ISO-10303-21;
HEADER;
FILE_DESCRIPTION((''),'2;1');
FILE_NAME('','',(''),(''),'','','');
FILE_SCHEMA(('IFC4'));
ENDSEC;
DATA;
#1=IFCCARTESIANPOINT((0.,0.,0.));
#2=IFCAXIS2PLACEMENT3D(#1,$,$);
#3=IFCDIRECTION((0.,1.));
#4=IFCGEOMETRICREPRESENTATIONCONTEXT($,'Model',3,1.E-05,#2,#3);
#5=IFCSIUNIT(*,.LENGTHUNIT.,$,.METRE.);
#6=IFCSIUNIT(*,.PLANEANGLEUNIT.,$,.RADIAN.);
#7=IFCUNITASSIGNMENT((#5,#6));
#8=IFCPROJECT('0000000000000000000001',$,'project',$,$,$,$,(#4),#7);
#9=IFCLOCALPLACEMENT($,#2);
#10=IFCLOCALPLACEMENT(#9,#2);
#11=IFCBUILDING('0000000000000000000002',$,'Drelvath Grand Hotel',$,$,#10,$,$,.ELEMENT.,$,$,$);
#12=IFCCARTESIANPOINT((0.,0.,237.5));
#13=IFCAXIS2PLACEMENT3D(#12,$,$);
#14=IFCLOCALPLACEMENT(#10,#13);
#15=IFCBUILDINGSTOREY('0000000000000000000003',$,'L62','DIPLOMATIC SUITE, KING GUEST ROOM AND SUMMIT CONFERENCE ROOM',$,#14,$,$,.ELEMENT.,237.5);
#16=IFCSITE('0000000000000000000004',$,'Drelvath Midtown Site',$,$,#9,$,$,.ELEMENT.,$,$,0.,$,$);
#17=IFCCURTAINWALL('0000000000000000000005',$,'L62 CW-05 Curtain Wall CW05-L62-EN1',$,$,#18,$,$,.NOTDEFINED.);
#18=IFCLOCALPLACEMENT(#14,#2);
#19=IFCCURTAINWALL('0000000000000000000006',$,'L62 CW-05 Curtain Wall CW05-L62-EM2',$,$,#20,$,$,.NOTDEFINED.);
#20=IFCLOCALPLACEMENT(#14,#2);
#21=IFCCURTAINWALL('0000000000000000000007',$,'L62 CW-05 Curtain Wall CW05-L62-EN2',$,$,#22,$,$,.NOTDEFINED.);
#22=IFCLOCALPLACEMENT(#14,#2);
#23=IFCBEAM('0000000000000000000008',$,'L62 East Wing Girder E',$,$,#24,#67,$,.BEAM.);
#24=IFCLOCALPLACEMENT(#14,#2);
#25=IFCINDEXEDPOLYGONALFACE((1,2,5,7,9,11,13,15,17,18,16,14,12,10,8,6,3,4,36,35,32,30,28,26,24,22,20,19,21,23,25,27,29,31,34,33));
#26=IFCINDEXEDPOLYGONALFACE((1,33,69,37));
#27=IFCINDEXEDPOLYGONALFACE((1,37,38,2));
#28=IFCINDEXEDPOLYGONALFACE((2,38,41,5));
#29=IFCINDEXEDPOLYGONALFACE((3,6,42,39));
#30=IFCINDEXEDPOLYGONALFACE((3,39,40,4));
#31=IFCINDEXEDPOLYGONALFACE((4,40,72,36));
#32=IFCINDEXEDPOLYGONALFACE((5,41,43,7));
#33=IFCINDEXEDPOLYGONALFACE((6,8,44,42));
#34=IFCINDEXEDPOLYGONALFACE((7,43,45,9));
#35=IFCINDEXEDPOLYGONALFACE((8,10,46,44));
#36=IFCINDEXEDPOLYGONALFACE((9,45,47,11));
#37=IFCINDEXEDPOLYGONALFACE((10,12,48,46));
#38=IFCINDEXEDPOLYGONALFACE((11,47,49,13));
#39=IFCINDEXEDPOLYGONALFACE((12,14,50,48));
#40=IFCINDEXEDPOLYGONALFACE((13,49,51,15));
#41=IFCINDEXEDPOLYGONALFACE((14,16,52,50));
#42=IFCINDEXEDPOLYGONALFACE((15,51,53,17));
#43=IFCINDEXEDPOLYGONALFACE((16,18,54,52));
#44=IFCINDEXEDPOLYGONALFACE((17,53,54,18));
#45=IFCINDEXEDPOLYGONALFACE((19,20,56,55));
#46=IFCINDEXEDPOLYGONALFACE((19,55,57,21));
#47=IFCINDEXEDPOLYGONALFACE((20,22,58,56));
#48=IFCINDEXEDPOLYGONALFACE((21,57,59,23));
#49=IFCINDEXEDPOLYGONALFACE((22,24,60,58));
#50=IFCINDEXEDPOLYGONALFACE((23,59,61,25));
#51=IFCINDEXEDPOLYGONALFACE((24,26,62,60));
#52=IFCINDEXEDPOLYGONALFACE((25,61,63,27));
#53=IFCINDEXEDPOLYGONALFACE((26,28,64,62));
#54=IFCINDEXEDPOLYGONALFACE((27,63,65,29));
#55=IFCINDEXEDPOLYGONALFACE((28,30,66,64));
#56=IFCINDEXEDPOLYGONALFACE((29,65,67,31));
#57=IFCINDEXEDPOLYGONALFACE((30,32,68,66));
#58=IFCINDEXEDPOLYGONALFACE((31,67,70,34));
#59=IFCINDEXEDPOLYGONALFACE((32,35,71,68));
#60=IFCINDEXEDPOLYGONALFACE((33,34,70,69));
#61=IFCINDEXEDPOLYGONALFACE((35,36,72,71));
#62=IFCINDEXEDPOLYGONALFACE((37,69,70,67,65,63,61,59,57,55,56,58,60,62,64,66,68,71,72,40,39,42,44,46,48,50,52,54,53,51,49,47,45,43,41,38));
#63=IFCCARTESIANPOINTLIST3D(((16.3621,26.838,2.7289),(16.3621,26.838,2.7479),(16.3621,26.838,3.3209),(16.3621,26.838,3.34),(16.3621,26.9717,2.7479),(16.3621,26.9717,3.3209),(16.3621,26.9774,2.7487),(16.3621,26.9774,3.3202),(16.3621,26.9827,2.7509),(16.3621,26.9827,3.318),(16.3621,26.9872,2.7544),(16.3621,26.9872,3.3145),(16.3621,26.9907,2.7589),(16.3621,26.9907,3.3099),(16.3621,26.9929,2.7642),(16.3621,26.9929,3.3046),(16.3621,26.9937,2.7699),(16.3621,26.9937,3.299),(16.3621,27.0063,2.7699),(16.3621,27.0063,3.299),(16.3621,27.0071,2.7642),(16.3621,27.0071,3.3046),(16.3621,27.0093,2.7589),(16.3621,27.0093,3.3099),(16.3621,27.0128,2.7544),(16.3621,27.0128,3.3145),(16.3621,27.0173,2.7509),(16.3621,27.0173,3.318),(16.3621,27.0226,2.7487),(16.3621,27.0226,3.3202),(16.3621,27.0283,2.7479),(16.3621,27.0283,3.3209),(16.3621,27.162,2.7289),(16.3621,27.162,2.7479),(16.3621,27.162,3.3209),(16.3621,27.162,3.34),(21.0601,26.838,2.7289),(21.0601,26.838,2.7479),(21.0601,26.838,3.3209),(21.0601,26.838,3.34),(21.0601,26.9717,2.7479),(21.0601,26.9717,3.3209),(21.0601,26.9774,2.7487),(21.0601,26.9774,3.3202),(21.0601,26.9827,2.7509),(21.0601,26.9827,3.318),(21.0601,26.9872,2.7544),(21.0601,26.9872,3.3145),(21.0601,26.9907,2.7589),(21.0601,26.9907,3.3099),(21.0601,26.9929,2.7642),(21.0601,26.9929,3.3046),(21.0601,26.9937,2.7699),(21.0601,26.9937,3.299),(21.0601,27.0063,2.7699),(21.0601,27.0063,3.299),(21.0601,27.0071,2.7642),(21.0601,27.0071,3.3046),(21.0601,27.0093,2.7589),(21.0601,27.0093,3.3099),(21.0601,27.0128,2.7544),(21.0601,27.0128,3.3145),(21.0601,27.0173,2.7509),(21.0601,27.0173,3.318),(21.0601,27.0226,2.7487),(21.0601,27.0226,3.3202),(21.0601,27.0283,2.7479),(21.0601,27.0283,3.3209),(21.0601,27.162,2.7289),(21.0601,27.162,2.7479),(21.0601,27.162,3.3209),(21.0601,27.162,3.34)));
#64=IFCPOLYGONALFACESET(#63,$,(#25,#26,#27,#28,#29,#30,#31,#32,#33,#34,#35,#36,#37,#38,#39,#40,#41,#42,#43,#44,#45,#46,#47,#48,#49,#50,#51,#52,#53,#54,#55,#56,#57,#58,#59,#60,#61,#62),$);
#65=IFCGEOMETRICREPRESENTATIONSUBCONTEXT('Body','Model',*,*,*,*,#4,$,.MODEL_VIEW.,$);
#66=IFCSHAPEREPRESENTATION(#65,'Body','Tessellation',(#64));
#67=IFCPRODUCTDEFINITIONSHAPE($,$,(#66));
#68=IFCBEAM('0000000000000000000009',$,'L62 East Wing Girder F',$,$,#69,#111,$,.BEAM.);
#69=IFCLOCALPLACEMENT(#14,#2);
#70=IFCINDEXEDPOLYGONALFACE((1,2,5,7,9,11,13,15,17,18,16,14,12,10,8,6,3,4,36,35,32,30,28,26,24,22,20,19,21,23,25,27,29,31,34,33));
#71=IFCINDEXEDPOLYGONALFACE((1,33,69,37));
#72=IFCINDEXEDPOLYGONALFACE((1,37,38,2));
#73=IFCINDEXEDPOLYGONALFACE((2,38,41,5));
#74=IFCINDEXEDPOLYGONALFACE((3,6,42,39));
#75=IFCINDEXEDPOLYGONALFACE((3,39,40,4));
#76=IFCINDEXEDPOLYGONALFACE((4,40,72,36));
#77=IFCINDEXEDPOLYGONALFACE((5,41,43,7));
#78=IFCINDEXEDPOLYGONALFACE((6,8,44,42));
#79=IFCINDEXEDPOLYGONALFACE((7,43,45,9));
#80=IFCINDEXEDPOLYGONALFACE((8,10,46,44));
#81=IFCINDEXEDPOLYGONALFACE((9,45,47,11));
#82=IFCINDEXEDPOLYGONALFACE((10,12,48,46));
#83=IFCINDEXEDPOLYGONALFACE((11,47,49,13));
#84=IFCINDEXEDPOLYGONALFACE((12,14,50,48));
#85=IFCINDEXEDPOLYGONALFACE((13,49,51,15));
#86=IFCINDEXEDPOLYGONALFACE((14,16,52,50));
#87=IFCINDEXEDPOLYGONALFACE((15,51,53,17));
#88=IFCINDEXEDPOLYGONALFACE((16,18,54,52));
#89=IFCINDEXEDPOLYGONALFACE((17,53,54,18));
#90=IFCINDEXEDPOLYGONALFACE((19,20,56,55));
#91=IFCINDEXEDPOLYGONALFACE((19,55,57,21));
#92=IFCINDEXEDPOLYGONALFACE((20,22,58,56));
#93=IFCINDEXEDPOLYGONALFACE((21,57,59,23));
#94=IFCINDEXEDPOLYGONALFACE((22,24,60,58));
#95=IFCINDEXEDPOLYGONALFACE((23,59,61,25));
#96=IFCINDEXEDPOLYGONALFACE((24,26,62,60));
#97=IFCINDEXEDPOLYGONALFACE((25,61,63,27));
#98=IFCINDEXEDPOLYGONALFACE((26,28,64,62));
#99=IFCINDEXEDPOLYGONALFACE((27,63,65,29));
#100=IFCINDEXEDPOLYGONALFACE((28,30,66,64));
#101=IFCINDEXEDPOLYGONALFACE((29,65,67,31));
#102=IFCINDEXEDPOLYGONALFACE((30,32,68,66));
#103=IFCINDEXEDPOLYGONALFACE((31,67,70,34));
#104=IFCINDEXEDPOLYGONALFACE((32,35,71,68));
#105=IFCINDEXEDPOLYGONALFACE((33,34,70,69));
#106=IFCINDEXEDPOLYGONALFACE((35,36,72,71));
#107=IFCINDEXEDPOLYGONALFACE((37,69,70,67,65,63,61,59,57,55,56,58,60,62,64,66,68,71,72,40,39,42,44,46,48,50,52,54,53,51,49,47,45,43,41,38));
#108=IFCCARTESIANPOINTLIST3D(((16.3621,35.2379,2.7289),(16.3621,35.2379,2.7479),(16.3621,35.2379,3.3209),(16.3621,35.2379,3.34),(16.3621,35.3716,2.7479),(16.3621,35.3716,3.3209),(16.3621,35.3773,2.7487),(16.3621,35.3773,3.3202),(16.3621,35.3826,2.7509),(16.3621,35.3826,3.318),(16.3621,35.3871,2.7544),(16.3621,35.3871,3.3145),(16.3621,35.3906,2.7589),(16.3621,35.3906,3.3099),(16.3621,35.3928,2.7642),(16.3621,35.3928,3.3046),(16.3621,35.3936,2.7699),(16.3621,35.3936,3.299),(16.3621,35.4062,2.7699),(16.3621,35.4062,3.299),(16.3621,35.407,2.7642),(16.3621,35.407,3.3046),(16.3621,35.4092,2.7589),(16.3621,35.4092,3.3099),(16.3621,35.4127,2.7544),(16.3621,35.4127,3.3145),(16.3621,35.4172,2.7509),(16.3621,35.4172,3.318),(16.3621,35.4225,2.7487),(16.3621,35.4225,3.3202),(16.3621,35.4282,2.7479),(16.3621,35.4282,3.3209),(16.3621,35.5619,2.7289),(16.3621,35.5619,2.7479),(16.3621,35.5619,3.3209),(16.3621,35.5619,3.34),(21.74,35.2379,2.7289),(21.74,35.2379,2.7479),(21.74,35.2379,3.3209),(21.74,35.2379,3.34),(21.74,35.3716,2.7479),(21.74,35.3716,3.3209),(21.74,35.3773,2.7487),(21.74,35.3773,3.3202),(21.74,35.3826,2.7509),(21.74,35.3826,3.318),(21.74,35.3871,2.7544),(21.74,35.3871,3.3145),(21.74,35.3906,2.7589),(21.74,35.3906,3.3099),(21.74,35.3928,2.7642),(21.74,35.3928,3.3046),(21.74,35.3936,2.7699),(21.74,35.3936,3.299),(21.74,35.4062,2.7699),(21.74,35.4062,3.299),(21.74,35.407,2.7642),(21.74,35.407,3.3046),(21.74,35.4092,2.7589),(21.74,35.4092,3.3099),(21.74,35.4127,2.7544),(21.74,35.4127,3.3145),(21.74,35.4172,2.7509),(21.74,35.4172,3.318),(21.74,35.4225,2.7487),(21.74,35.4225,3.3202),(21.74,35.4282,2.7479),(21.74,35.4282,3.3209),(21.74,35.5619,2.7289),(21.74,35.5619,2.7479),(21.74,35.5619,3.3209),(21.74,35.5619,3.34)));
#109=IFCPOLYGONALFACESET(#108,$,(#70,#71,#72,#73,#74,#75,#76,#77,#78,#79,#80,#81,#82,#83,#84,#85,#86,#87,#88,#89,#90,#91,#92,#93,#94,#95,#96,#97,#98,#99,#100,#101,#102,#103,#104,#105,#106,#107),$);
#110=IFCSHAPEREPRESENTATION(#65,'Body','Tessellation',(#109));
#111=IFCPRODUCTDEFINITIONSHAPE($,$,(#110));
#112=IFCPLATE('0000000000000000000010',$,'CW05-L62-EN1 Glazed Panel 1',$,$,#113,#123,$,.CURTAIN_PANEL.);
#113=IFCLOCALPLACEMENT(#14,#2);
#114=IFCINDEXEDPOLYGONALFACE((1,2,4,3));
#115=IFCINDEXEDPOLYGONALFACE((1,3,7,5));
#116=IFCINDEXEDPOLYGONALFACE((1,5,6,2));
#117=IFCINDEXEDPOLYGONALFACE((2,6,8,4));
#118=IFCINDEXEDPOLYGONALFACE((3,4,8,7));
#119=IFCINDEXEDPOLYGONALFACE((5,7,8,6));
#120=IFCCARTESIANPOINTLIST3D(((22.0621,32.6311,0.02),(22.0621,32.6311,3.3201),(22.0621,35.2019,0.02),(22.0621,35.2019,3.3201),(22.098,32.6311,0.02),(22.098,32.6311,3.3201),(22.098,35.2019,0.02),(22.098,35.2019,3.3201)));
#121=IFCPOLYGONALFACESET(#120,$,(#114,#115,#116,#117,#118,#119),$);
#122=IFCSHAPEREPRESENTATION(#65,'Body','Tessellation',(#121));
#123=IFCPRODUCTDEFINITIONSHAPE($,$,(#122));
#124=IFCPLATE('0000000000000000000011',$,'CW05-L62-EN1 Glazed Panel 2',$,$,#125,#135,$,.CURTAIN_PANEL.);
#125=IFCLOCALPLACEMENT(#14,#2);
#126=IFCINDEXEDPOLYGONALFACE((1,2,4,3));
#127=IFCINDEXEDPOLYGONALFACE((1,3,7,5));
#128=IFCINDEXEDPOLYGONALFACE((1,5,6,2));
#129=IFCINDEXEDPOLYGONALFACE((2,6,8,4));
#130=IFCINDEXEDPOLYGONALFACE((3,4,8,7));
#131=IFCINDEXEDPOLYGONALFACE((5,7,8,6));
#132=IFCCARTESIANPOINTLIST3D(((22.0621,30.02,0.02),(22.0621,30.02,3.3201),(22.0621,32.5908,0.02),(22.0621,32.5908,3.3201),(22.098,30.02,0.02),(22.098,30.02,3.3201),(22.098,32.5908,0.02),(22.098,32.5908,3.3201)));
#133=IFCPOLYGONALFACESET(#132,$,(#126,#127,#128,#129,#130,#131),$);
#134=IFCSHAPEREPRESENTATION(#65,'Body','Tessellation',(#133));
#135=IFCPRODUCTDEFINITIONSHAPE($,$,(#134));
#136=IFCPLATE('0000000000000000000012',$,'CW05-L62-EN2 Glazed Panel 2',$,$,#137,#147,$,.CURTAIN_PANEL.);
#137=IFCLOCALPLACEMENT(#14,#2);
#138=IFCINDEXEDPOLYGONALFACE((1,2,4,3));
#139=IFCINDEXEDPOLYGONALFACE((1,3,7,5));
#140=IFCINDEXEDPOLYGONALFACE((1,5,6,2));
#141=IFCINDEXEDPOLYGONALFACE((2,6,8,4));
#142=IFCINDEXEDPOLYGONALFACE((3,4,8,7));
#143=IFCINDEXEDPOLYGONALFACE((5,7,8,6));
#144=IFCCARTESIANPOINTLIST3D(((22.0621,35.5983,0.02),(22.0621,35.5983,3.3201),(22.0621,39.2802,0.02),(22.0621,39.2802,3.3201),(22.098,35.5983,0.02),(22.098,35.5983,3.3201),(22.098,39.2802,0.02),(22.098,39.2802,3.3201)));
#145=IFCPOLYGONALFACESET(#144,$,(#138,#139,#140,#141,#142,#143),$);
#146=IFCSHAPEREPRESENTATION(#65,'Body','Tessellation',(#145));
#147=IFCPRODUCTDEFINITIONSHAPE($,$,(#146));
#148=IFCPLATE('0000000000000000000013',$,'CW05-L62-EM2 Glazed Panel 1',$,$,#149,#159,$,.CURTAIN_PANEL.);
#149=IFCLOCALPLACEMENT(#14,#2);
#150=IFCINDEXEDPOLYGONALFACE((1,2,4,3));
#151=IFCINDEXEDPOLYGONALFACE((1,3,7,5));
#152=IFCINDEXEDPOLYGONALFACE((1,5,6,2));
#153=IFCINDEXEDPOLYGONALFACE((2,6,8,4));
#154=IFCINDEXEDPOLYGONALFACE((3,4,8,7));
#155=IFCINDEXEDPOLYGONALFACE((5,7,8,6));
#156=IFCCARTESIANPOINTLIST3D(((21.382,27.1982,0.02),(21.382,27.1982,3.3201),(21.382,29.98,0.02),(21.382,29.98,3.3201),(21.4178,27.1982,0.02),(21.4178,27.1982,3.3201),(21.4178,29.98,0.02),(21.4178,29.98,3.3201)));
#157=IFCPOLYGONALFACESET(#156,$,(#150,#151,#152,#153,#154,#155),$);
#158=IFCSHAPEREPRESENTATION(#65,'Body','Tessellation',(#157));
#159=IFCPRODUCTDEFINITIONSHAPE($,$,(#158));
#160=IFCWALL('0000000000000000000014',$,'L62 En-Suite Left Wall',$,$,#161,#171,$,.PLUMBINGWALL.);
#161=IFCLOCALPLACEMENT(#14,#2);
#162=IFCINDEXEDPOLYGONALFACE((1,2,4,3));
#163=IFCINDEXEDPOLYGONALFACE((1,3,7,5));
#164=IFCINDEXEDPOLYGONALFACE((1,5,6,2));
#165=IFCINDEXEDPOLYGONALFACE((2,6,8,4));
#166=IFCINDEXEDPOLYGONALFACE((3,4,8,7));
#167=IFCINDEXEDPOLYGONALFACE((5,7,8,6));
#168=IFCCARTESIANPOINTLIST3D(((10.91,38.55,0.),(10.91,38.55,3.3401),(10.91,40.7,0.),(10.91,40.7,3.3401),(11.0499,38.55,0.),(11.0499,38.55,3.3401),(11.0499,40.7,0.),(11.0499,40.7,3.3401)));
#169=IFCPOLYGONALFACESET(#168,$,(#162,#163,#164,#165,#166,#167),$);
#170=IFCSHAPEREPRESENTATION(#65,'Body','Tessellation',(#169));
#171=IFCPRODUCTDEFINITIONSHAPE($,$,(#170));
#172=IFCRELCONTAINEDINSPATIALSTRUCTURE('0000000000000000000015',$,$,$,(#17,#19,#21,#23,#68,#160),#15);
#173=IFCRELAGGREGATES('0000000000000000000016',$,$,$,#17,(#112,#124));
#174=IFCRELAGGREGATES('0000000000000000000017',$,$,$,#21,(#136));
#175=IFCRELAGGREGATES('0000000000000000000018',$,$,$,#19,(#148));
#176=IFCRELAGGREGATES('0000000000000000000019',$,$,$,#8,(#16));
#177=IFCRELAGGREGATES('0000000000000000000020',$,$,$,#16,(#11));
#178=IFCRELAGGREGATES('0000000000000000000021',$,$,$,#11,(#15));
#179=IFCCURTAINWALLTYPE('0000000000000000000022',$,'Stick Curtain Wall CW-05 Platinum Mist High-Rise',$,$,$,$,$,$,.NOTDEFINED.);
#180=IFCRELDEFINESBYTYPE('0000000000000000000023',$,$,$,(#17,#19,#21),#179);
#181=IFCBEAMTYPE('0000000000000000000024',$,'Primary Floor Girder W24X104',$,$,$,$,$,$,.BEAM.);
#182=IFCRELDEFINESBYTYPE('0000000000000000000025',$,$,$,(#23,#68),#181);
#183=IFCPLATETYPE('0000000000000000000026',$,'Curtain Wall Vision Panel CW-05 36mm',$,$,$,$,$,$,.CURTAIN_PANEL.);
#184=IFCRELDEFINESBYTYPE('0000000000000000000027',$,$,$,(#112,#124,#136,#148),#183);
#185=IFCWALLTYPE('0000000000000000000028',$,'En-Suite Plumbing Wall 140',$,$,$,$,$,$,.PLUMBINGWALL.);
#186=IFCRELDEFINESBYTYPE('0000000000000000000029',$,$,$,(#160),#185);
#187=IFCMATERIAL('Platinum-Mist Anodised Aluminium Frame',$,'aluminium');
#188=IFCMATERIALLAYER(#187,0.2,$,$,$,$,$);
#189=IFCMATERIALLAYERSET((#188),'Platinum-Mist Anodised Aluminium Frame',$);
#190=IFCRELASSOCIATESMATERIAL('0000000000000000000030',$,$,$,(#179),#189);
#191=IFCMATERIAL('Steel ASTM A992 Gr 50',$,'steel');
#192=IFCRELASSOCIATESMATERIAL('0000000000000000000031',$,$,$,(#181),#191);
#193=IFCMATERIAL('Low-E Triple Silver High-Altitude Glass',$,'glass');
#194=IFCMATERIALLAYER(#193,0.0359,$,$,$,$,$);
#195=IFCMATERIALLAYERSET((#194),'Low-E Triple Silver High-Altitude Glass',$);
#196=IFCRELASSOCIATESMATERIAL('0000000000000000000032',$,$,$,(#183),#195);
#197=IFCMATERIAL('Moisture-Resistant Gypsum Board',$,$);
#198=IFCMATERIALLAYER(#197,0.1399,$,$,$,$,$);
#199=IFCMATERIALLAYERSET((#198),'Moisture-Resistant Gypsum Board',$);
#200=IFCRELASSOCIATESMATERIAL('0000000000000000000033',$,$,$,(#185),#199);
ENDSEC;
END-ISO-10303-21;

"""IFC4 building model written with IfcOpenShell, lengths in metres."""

from ifc_helpers import new_model, si_unit, direction, frame, frame_2d, origin, origin_2d, place, context, subcontext, project, spatial, rectangle, i_section, extrude, material, layer, layer_set, material_profile, profile_set, type_object, element, aggregate, save


model = new_model("IFC4")

# Units and contexts
model_context = context("Model", 3, precision=1e-05, world=origin(), true_north=direction((0.0, 1.0)))
body_context = subcontext(model_context, "Body", "Model", "MODEL_VIEW")
ifc_project = project(units=[si_unit("LENGTHUNIT", "METRE"), si_unit("PLANEANGLEUNIT", "RADIAN")], contexts=[model_context])

# Site, building, storey
site_placement = place(None, origin())
site = spatial("IfcSite", under=ifc_project, at=site_placement, Name="Drelvath Midtown Site", CompositionType="ELEMENT", RefElevation=0.0)
building_placement = place(site_placement, origin())
building = spatial("IfcBuilding", under=site, at=building_placement, Name="Drelvath Grand Hotel", CompositionType="ELEMENT")
storey_placement = place(building_placement, frame((0.0, 0.0, 237.5)))
storey = spatial("IfcBuildingStorey", under=building, at=storey_placement, Name="L62", Description="DIPLOMATIC SUITE, KING GUEST ROOM AND SUMMIT CONFERENCE ROOM", CompositionType="ELEMENT", Elevation=237.5)

# Curtain walls
ifc_material_1 = material(Name="Platinum-Mist Anodised Aluminium Frame", Category="aluminium")
ifc_layer_1 = layer(ifc_material_1, 0.2)
ifc_layer_set_1 = layer_set([ifc_layer_1], Name="Platinum-Mist Anodised Aluminium Frame")
curtain_wall_type = type_object("IfcCurtainWallType", Name="Stick Curtain Wall CW-05 Platinum Mist High-Rise", PredefinedType="NOTDEFINED", material=ifc_layer_set_1)
curtain_wall_1_placement = place(storey_placement, origin())
curtain_wall_1 = element("IfcCurtainWall", 1, at=curtain_wall_1_placement, inside=storey, type_object=curtain_wall_type, Name="L62 CW-05 Curtain Wall CW05-L62-EN1", PredefinedType="NOTDEFINED")
curtain_wall_2_placement = place(storey_placement, origin())
curtain_wall_2 = element("IfcCurtainWall", 2, at=curtain_wall_2_placement, inside=storey, type_object=curtain_wall_type, Name="L62 CW-05 Curtain Wall CW05-L62-EM2", PredefinedType="NOTDEFINED")

# Curtain wall
curtain_wall_3_placement = place(storey_placement, origin())
curtain_wall_3 = element("IfcCurtainWall", 3, at=curtain_wall_3_placement, inside=storey, type_object=curtain_wall_type, Name="L62 CW-05 Curtain Wall CW05-L62-EN2", PredefinedType="NOTDEFINED")

# Beams
ifc_material_2 = material(Name="Steel ASTM A992 Gr 50", Category="steel")
ifc_material_profile_1 = material_profile(ifc_material_2, i_section(OverallWidth=0.324, OverallDepth=0.6111, WebThickness=0.0127, FlangeThickness=0.019, FilletRadius=0.022, at=origin_2d()), Name="W24X104")
ifc_profile_set_1 = profile_set([ifc_material_profile_1], Name="Steel ASTM A992 Gr 50")
beam_type_1 = type_object("IfcBeamType", Name="Primary Floor Girder W24X104", PredefinedType="BEAM", material=ifc_profile_set_1)
beam_1_placement = place(storey_placement, frame((16.3621, 27.0, 3.0344), z_axis=(1.0, 0.0, 0.0), x_axis=(0.0, 1.0, 0.0)))
element("IfcBeam", 4, at=beam_1_placement, inside=storey, type_object=beam_type_1, Name="L62 East Wing Girder E", PredefinedType="BEAM", context=body_context, shape_type="SweptSolid", body=[
    extrude(i_section(OverallWidth=0.324, OverallDepth=0.6111, WebThickness=0.0127, FlangeThickness=0.019, FilletRadius=0.022, at=origin_2d()), origin(), (0.0, 0.0, 1.0), 4.698),
])
beam_2_placement = place(storey_placement, frame((16.3621, 35.3999, 3.0344), z_axis=(1.0, 0.0, 0.0), x_axis=(0.0, 1.0, 0.0)))
element("IfcBeam", 5, at=beam_2_placement, inside=storey, type_object=beam_type_1, Name="L62 East Wing Girder F", PredefinedType="BEAM", context=body_context, shape_type="SweptSolid", body=[
    extrude(i_section(OverallWidth=0.324, OverallDepth=0.6111, WebThickness=0.0127, FlangeThickness=0.019, FilletRadius=0.022, at=origin_2d()), origin(), (0.0, 0.0, 1.0), 5.3779),
])

# Plates
ifc_material_3 = material(Name="Low-E Triple Silver High-Altitude Glass", Category="glass")
ifc_layer_2 = layer(ifc_material_3, 0.0359)
ifc_layer_set_2 = layer_set([ifc_layer_2], Name="Low-E Triple Silver High-Altitude Glass")
plate_type = type_object("IfcPlateType", Name="Curtain Wall Vision Panel CW-05 36mm", PredefinedType="CURTAIN_PANEL", material=ifc_layer_set_2)
plate_1_placement = place(storey_placement, frame((22.0801, 33.9165, 0.02), z_axis=(0.0, 0.0, 1.0), x_axis=(0.0, -1.0, 0.0)))
plate_1 = element("IfcPlate", 6, at=plate_1_placement, type_object=plate_type, Name="CW05-L62-EN1 Glazed Panel 1", PredefinedType="CURTAIN_PANEL", context=body_context, shape_type="SweptSolid", body=[
    extrude(rectangle(XDim=2.5708, YDim=0.0359, at=origin_2d()), origin(), (0.0, 0.0, 1.0), 3.3),
])
plate_2_placement = place(storey_placement, frame((22.0801, 31.3054, 0.02), z_axis=(0.0, 0.0, 1.0), x_axis=(0.0, -1.0, 0.0)))
plate_2 = element("IfcPlate", 7, at=plate_2_placement, type_object=plate_type, Name="CW05-L62-EN1 Glazed Panel 2", PredefinedType="CURTAIN_PANEL", context=body_context, shape_type="SweptSolid", body=[
    extrude(rectangle(XDim=2.5708, YDim=0.0359, at=origin_2d()), origin(), (0.0, 0.0, 1.0), 3.3),
])
aggregate(curtain_wall_1, [plate_1, plate_2])
plate_3_placement = place(storey_placement, frame((22.0801, 37.4392, 0.02), z_axis=(0.0, 0.0, 1.0), x_axis=(0.0, -1.0, 0.0)))
plate_3 = element("IfcPlate", 8, at=plate_3_placement, type_object=plate_type, Name="CW05-L62-EN2 Glazed Panel 2", PredefinedType="CURTAIN_PANEL", context=body_context, shape_type="SweptSolid", body=[
    extrude(rectangle(XDim=3.6819, YDim=0.0359, at=origin_2d()), origin(), (0.0, 0.0, 1.0), 3.3),
])
aggregate(curtain_wall_3, [plate_3])
plate_4_placement = place(storey_placement, frame((21.3999, 28.5891, 0.02), z_axis=(0.0, 0.0, 1.0), x_axis=(0.0, -1.0, 0.0)))
plate_4 = element("IfcPlate", 9, at=plate_4_placement, type_object=plate_type, Name="CW05-L62-EM2 Glazed Panel 1", PredefinedType="CURTAIN_PANEL", context=body_context, shape_type="SweptSolid", body=[
    extrude(rectangle(XDim=2.7817, YDim=0.0359, at=origin_2d()), origin(), (0.0, 0.0, 1.0), 3.3),
])
aggregate(curtain_wall_2, [plate_4])

# Wall
ifc_material_4 = material(Name="Moisture-Resistant Gypsum Board")
ifc_layer_3 = layer(ifc_material_4, 0.1399)
ifc_layer_set_3 = layer_set([ifc_layer_3], Name="Moisture-Resistant Gypsum Board")
wall_type_1 = type_object("IfcWallType", Name="En-Suite Plumbing Wall 140", PredefinedType="PLUMBINGWALL", material=ifc_layer_set_3)
wall_1_placement = place(storey_placement, frame((10.98, 38.55, 0.0), z_axis=(0.0, 0.0, 1.0), x_axis=(0.0, 1.0, 0.0)))
element("IfcWall", 10, at=wall_1_placement, inside=storey, type_object=wall_type_1, Name="L62 En-Suite Left Wall", PredefinedType="PLUMBINGWALL", context=body_context, shape_type="SweptSolid", body=[
    extrude(rectangle(XDim=2.1499, YDim=0.1399, at=frame_2d((1.075, 0.0))), origin(), (0.0, 0.0, 1.0), 3.3401),
])

save(model, "model.ifc")
